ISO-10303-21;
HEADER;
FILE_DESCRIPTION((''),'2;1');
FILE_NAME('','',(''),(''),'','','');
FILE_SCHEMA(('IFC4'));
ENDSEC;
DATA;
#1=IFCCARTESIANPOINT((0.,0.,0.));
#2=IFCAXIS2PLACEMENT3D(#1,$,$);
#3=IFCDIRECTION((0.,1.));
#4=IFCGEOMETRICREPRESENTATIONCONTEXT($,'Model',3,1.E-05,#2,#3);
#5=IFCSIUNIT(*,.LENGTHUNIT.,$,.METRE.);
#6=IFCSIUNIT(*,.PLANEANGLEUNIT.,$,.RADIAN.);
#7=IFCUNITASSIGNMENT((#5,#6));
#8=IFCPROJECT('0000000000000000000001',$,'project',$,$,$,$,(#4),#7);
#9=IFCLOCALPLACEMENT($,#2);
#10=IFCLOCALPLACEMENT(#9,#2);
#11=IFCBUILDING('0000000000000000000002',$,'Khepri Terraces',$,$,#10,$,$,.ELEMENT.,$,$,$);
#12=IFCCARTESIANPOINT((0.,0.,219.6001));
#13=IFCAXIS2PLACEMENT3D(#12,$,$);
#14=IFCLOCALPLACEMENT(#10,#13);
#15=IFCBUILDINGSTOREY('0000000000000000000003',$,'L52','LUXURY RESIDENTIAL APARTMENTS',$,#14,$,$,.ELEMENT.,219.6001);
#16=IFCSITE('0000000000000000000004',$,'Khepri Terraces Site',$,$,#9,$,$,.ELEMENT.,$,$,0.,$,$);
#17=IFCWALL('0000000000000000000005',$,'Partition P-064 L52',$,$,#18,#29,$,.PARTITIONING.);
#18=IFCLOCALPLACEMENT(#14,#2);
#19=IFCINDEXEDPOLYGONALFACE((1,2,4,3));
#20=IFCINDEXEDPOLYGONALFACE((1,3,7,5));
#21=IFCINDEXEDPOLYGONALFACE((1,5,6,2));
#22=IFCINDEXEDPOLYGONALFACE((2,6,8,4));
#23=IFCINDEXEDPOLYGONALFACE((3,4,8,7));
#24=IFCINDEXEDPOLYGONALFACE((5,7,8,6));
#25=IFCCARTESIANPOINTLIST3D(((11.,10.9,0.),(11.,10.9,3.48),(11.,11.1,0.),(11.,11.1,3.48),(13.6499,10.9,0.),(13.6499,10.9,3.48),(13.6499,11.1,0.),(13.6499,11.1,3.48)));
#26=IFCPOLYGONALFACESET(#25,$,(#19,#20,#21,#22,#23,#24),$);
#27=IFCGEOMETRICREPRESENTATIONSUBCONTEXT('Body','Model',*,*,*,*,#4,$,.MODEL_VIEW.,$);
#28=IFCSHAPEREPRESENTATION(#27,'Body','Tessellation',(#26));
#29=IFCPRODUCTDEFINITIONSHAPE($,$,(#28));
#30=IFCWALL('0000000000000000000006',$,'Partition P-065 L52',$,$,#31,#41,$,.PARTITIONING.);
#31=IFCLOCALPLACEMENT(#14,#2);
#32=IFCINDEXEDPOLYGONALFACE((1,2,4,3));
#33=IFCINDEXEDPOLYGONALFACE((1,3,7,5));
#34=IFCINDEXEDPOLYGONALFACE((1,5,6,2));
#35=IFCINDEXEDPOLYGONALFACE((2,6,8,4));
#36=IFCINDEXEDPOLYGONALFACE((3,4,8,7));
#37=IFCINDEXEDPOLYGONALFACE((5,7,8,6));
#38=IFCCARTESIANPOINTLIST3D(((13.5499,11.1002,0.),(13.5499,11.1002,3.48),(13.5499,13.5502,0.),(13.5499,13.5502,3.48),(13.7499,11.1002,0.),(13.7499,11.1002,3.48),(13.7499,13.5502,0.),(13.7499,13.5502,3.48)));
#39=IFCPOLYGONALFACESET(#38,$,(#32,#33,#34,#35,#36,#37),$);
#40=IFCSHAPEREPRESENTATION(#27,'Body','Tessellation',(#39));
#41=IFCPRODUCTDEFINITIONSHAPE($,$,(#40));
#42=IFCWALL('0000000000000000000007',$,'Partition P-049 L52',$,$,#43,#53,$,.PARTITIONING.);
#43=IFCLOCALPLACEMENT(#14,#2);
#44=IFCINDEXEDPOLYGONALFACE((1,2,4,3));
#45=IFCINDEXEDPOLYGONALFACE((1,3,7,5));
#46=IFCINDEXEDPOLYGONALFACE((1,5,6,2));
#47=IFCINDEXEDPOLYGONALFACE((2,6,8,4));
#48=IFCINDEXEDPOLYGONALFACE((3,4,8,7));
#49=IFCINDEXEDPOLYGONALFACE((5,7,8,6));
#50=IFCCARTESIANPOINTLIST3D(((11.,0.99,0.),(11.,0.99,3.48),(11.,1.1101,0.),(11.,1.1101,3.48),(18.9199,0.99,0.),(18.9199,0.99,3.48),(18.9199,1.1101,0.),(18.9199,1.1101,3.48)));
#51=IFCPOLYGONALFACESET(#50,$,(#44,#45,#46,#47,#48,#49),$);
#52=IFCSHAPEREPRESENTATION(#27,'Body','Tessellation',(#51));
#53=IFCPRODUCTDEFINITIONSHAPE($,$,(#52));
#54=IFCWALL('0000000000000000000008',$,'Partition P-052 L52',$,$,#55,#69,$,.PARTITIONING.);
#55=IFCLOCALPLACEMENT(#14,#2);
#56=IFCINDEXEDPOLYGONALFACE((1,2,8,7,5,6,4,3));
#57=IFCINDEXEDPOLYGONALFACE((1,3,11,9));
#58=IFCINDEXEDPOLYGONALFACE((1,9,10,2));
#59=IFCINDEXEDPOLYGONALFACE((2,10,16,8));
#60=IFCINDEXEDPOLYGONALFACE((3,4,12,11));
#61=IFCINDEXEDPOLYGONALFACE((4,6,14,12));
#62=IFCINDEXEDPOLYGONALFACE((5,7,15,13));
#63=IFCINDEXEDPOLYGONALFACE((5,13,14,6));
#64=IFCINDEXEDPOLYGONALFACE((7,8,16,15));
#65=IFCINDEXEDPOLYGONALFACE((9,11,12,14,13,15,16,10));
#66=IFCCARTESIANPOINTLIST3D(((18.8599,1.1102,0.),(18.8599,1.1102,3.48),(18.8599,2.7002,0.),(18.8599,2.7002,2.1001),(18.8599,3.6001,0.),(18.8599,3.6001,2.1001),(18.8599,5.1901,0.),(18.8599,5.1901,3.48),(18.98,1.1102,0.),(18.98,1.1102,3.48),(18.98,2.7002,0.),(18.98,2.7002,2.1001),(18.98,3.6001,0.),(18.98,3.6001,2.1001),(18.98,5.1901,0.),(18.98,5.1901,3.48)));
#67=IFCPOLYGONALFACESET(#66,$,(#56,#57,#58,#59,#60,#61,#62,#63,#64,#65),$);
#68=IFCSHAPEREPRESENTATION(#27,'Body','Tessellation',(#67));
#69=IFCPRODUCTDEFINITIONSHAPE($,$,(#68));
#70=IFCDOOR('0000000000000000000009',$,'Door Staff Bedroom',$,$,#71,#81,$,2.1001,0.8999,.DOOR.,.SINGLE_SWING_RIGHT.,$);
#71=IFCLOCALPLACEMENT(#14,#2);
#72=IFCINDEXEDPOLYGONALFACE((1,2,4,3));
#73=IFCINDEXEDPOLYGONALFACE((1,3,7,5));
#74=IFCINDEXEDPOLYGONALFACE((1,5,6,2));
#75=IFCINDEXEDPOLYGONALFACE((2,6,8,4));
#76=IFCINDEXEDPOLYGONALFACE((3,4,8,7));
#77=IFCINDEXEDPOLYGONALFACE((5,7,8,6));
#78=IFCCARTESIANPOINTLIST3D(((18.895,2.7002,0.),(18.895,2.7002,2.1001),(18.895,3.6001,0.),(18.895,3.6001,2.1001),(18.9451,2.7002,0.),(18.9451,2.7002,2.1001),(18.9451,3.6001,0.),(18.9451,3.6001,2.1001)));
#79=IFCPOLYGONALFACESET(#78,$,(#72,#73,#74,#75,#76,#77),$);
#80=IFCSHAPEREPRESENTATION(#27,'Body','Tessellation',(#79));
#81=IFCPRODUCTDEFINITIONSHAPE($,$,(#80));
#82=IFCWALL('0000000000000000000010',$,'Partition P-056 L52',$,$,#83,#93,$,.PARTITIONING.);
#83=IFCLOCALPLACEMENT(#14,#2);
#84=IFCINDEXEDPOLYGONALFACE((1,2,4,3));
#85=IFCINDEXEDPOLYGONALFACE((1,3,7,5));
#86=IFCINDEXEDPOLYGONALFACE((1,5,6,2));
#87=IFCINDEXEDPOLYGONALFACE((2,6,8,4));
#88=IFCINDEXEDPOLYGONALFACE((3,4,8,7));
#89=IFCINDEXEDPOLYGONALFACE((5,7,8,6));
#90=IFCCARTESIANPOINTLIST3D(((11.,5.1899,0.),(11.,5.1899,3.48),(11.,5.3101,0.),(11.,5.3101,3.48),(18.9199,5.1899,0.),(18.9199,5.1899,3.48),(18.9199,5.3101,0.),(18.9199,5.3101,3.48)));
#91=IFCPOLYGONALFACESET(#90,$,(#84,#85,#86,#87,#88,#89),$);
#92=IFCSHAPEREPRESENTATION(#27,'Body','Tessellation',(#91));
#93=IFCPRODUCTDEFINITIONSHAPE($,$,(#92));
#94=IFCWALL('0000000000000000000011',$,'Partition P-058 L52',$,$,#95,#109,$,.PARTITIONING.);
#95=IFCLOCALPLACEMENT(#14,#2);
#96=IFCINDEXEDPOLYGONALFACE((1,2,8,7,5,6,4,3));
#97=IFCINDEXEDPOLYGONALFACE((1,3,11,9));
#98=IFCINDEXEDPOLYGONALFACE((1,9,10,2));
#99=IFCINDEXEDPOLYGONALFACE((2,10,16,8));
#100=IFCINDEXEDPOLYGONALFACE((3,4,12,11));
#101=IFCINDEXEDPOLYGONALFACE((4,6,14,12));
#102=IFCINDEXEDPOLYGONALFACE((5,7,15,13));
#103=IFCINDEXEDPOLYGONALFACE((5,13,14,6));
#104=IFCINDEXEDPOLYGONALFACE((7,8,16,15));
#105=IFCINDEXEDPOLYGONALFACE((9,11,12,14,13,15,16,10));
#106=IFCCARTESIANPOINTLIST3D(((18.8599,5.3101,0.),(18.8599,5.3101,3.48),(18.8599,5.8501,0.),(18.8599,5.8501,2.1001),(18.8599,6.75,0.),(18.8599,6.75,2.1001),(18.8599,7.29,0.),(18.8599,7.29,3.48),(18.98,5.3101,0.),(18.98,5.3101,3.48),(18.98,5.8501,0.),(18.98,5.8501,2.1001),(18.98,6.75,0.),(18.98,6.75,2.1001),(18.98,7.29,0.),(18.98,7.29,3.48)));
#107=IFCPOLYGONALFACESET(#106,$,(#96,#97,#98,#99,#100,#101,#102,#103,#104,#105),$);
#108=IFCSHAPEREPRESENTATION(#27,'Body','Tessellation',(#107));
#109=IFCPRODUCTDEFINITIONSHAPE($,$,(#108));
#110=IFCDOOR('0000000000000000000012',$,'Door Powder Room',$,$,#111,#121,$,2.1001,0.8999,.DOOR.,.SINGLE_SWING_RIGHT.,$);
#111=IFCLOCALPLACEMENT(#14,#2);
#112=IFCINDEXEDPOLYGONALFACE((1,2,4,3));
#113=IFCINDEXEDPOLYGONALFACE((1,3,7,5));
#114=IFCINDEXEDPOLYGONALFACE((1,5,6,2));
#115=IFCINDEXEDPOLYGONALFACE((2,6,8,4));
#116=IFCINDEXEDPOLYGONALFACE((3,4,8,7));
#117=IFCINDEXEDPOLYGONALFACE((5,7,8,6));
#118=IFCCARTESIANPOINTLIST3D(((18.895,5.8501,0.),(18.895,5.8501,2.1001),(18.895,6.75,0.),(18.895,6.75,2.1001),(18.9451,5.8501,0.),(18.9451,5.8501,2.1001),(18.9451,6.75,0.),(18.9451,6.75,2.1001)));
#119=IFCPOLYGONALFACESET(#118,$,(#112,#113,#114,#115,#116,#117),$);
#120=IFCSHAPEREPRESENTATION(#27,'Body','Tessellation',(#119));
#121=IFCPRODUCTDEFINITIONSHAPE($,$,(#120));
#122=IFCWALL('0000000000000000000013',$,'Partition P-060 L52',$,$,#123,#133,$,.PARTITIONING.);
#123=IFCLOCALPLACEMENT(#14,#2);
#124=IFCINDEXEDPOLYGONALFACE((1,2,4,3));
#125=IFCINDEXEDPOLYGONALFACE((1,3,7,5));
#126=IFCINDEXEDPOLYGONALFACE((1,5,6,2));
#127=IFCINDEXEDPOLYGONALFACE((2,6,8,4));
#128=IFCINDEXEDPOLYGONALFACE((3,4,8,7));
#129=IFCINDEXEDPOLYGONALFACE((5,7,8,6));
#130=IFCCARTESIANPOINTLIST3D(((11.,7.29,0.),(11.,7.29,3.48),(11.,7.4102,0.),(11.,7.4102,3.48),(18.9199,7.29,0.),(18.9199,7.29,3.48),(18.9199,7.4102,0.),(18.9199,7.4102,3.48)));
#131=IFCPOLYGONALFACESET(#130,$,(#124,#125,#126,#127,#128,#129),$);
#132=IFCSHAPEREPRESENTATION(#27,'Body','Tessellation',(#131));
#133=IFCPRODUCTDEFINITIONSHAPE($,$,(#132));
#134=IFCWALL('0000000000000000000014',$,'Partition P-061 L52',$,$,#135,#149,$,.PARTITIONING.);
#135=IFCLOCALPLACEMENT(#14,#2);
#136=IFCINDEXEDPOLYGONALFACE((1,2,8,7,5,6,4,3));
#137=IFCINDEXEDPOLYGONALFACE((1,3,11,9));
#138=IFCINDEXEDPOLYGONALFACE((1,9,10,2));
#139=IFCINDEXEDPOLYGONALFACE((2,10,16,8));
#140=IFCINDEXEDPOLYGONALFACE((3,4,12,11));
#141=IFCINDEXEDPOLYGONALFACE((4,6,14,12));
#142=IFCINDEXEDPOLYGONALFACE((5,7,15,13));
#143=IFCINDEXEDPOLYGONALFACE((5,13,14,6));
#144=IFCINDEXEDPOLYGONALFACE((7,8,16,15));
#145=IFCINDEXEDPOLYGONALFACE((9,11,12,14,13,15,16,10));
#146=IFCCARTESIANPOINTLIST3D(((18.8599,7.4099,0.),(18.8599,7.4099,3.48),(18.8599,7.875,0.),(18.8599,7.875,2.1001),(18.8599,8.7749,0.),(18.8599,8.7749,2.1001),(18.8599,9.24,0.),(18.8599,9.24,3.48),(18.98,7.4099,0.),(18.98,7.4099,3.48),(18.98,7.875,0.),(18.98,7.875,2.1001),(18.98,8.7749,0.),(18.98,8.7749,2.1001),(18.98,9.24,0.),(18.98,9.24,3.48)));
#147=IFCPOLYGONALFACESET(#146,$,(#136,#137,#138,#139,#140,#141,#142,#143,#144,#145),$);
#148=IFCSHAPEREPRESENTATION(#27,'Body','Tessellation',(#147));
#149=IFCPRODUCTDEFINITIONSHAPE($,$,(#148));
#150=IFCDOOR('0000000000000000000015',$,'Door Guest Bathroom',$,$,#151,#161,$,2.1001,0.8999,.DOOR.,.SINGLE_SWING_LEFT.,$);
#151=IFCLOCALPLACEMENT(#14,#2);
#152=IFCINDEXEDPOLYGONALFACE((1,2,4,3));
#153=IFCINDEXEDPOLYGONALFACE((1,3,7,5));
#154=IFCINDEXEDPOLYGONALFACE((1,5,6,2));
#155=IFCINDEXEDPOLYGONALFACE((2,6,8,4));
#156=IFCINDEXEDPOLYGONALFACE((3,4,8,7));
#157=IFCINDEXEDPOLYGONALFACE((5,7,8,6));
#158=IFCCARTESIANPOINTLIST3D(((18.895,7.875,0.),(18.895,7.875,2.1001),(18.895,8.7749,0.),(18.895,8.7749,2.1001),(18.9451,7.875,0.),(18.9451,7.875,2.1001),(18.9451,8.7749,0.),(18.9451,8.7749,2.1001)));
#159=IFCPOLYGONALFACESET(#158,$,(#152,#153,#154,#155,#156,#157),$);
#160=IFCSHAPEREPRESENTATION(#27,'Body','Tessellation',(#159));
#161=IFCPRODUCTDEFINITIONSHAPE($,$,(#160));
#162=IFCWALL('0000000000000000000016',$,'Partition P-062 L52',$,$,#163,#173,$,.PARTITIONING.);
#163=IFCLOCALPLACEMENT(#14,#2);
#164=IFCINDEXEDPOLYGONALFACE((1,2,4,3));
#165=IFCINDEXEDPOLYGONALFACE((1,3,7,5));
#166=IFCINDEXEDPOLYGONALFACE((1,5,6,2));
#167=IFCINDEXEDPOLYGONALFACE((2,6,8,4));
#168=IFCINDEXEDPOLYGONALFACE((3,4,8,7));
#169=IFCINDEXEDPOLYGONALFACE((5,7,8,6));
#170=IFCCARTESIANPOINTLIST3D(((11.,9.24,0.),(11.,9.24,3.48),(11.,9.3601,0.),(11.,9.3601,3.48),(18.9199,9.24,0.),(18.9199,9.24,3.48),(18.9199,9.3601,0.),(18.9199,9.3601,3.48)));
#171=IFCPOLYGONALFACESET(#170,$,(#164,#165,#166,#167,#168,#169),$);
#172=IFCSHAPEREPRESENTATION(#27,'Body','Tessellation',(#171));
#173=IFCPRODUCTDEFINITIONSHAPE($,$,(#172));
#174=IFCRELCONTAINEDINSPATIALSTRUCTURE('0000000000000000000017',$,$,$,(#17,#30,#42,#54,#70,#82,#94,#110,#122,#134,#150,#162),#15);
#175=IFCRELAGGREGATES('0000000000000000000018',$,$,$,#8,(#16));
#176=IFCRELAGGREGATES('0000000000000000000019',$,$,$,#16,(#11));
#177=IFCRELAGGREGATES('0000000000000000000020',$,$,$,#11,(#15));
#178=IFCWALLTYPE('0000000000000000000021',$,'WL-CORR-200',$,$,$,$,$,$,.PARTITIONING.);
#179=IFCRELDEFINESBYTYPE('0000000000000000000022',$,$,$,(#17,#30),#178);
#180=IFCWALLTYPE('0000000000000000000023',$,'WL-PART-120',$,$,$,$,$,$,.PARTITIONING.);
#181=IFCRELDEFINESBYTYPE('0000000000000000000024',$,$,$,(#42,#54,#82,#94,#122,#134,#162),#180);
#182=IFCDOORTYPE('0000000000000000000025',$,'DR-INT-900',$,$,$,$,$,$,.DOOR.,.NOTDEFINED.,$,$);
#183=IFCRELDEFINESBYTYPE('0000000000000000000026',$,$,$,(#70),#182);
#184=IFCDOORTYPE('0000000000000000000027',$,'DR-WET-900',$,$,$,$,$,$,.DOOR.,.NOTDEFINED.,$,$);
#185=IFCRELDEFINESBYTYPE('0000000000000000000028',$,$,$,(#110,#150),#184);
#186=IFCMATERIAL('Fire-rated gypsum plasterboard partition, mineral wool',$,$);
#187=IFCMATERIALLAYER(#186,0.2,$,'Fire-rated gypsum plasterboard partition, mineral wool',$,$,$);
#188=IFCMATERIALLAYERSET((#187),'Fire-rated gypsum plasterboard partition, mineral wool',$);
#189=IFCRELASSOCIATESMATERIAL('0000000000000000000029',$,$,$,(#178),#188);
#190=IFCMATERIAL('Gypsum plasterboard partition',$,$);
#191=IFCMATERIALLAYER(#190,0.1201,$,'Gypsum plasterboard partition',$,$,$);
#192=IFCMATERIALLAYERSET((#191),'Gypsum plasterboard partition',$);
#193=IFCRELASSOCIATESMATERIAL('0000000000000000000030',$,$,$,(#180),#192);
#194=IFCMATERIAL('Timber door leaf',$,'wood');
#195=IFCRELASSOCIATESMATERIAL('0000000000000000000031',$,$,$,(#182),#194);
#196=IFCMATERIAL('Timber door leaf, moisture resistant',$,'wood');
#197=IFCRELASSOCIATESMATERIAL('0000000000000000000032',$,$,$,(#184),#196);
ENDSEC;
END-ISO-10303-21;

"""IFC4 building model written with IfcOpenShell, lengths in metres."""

from ifc_helpers import new_model, si_unit, direction, frame, frame_2d, origin, place, context, subcontext, project, spatial, rectangle, extrude, material, layer, layer_set, type_object, element, fill, save


model = new_model("IFC4")

# Units and contexts
model_context = context("Model", 3, precision=1e-05, world=origin(), true_north=direction((0.0, 1.0)))
body_context = subcontext(model_context, "Body", "Model", "MODEL_VIEW")
ifc_project = project(units=[si_unit("LENGTHUNIT", "METRE"), si_unit("PLANEANGLEUNIT", "RADIAN")], contexts=[model_context])

# Site, building, storey
site_placement = place(None, origin())
site = spatial("IfcSite", under=ifc_project, at=site_placement, Name="Khepri Terraces Site", CompositionType="ELEMENT", RefElevation=0.0)
building_placement = place(site_placement, origin())
building = spatial("IfcBuilding", under=site, at=building_placement, Name="Khepri Terraces", CompositionType="ELEMENT")
storey_placement = place(building_placement, frame((0.0, 0.0, 219.6001)))
storey = spatial("IfcBuildingStorey", under=building, at=storey_placement, Name="L52", Description="LUXURY RESIDENTIAL APARTMENTS", CompositionType="ELEMENT", Elevation=219.6001)

# Walls
ifc_material_1 = material(Name="Fire-rated gypsum plasterboard partition, mineral wool")
ifc_layer_1 = layer(ifc_material_1, 0.2, Name="Fire-rated gypsum plasterboard partition, mineral wool")
ifc_layer_set_1 = layer_set([ifc_layer_1], Name="Fire-rated gypsum plasterboard partition, mineral wool")
wall_type_1 = type_object("IfcWallType", Name="WL-CORR-200", PredefinedType="PARTITIONING", material=ifc_layer_set_1)
wall_1_placement = place(storey_placement, frame((11.0, 11.0, 0.0), z_axis=(0.0, 0.0, 1.0), x_axis=(1.0, 0.0, 0.0)))
element("IfcWall", 1, at=wall_1_placement, inside=storey, type_object=wall_type_1, Name="Partition P-064 L52", PredefinedType="PARTITIONING", context=body_context, shape_type="SweptSolid", body=[
    extrude(rectangle(XDim=2.6499, YDim=0.2, at=frame_2d((1.325, 0.0))), origin(), (0.0, 0.0, 1.0), 3.48),
])
wall_2_placement = place(storey_placement, frame((13.6499, 11.1001, 0.0), z_axis=(0.0, 0.0, 1.0), x_axis=(0.0, 1.0, 0.0)))
element("IfcWall", 2, at=wall_2_placement, inside=storey, type_object=wall_type_1, Name="Partition P-065 L52", PredefinedType="PARTITIONING", context=body_context, shape_type="SweptSolid", body=[
    extrude(rectangle(XDim=2.45, YDim=0.2, at=frame_2d((1.2251, 0.0))), origin(), (0.0, 0.0, 1.0), 3.48),
])

# Wall
ifc_material_2 = material(Name="Gypsum plasterboard partition")
ifc_layer_2 = layer(ifc_material_2, 0.1201, Name="Gypsum plasterboard partition")
ifc_layer_set_2 = layer_set([ifc_layer_2], Name="Gypsum plasterboard partition")
wall_type_2 = type_object("IfcWallType", Name="WL-PART-120", PredefinedType="PARTITIONING", material=ifc_layer_set_2)
wall_3_placement = place(storey_placement, frame((11.0, 1.05, 0.0), z_axis=(0.0, 0.0, 1.0), x_axis=(1.0, 0.0, 0.0)))
element("IfcWall", 3, at=wall_3_placement, inside=storey, type_object=wall_type_2, Name="Partition P-049 L52", PredefinedType="PARTITIONING", context=body_context, shape_type="SweptSolid", body=[
    extrude(rectangle(XDim=7.9199, YDim=0.1201, at=frame_2d((3.96, 0.0))), origin(), (0.0, 0.0, 1.0), 3.48),
])

# Wall, opening, door
wall_4_placement = place(storey_placement, frame((18.9199, 1.1101, 0.0), z_axis=(0.0, 0.0, 1.0), x_axis=(0.0, 1.0, 0.0)))
wall_4 = element("IfcWall", 4, at=wall_4_placement, inside=storey, type_object=wall_type_2, Name="Partition P-052 L52", PredefinedType="PARTITIONING", context=body_context, shape_type="SweptSolid", body=[
    extrude(rectangle(XDim=4.0798, YDim=0.1201, at=frame_2d((2.04, 0.0))), origin(), (0.0, 0.0, 1.0), 3.48),
])
opening_1_placement = place(wall_4_placement, frame((1.5901, 0.0, 0.0)))
opening_1 = element("IfcOpeningElement", 5, at=opening_1_placement, cuts=wall_4, PredefinedType="OPENING", context=body_context, shape_type="SweptSolid", body=[
    extrude(rectangle(XDim=0.8999, YDim=2.1001, at=frame_2d((0.45, 1.05))), frame((0.0, 0.0701, 0.0), z_axis=(0.0, -1.0, 0.0), x_axis=(1.0, 0.0, 0.0)), (0.0, 0.0, 1.0), 0.1401),
])
ifc_material_3 = material(Name="Timber door leaf", Category="wood")
door_type_1 = type_object("IfcDoorType", Name="DR-INT-900", OperationType="NOTDEFINED", PredefinedType="DOOR", material=ifc_material_3)
door_1_placement = place(opening_1_placement, origin())
door_1 = element("IfcDoor", 6, at=door_1_placement, inside=storey, type_object=door_type_1, Name="Door Staff Bedroom", OperationType="SINGLE_SWING_RIGHT", OverallHeight=2.1001, OverallWidth=0.8999, PredefinedType="DOOR", context=body_context, shape_type="SweptSolid", body=[
    extrude(rectangle(XDim=0.8999, YDim=2.1001, at=frame_2d((0.45, 1.05))), frame((0.0, 0.0249, 0.0), z_axis=(0.0, -1.0, 0.0), x_axis=(1.0, 0.0, 0.0)), (0.0, 0.0, 1.0), 0.05),
])
fill(opening_1, door_1)

# Wall
wall_5_placement = place(storey_placement, frame((11.0, 5.25, 0.0), z_axis=(0.0, 0.0, 1.0), x_axis=(1.0, 0.0, 0.0)))
element("IfcWall", 7, at=wall_5_placement, inside=storey, type_object=wall_type_2, Name="Partition P-056 L52", PredefinedType="PARTITIONING", context=body_context, shape_type="SweptSolid", body=[
    extrude(rectangle(XDim=7.9199, YDim=0.1201, at=frame_2d((3.96, 0.0))), origin(), (0.0, 0.0, 1.0), 3.48),
])

# Wall, opening, door
wall_6_placement = place(storey_placement, frame((18.9199, 5.3101, 0.0), z_axis=(0.0, 0.0, 1.0), x_axis=(0.0, 1.0, 0.0)))
wall_6 = element("IfcWall", 8, at=wall_6_placement, inside=storey, type_object=wall_type_2, Name="Partition P-058 L52", PredefinedType="PARTITIONING", context=body_context, shape_type="SweptSolid", body=[
    extrude(rectangle(XDim=1.98, YDim=0.1201, at=frame_2d((0.99, 0.0))), origin(), (0.0, 0.0, 1.0), 3.48),
])
opening_2_placement = place(wall_6_placement, frame((0.54, 0.0, 0.0)))
opening_2 = element("IfcOpeningElement", 9, at=opening_2_placement, cuts=wall_6, PredefinedType="OPENING", context=body_context, shape_type="SweptSolid", body=[
    extrude(rectangle(XDim=0.8999, YDim=2.1001, at=frame_2d((0.45, 1.05))), frame((0.0, 0.0701, 0.0), z_axis=(0.0, -1.0, 0.0), x_axis=(1.0, 0.0, 0.0)), (0.0, 0.0, 1.0), 0.1401),
])
ifc_material_4 = material(Name="Timber door leaf, moisture resistant", Category="wood")
door_type_2 = type_object("IfcDoorType", Name="DR-WET-900", OperationType="NOTDEFINED", PredefinedType="DOOR", material=ifc_material_4)
door_2_placement = place(opening_2_placement, origin())
door_2 = element("IfcDoor", 10, at=door_2_placement, inside=storey, type_object=door_type_2, Name="Door Powder Room", OperationType="SINGLE_SWING_RIGHT", OverallHeight=2.1001, OverallWidth=0.8999, PredefinedType="DOOR", context=body_context, shape_type="SweptSolid", body=[
    extrude(rectangle(XDim=0.8999, YDim=2.1001, at=frame_2d((0.45, 1.05))), frame((0.0, 0.0249, 0.0), z_axis=(0.0, -1.0, 0.0), x_axis=(1.0, 0.0, 0.0)), (0.0, 0.0, 1.0), 0.05),
])
fill(opening_2, door_2)

# Wall
wall_7_placement = place(storey_placement, frame((11.0, 7.3501, 0.0), z_axis=(0.0, 0.0, 1.0), x_axis=(1.0, 0.0, 0.0)))
element("IfcWall", 11, at=wall_7_placement, inside=storey, type_object=wall_type_2, Name="Partition P-060 L52", PredefinedType="PARTITIONING", context=body_context, shape_type="SweptSolid", body=[
    extrude(rectangle(XDim=7.9199, YDim=0.1201, at=frame_2d((3.96, 0.0))), origin(), (0.0, 0.0, 1.0), 3.48),
])

# Wall, opening, door
wall_8_placement = place(storey_placement, frame((18.9199, 7.4099, 0.0), z_axis=(0.0, 0.0, 1.0), x_axis=(0.0, 1.0, 0.0)))
wall_8 = element("IfcWall", 12, at=wall_8_placement, inside=storey, type_object=wall_type_2, Name="Partition P-061 L52", PredefinedType="PARTITIONING", context=body_context, shape_type="SweptSolid", body=[
    extrude(rectangle(XDim=1.8301, YDim=0.1201, at=frame_2d((0.915, 0.0))), origin(), (0.0, 0.0, 1.0), 3.48),
])
opening_3_placement = place(wall_8_placement, frame((0.4651, 0.0, 0.0)))
opening_3 = element("IfcOpeningElement", 13, at=opening_3_placement, cuts=wall_8, PredefinedType="OPENING", context=body_context, shape_type="SweptSolid", body=[
    extrude(rectangle(XDim=0.8999, YDim=2.1001, at=frame_2d((0.45, 1.05))), frame((0.0, 0.0701, 0.0), z_axis=(0.0, -1.0, 0.0), x_axis=(1.0, 0.0, 0.0)), (0.0, 0.0, 1.0), 0.1401),
])
door_3_placement = place(opening_3_placement, origin())
door_3 = element("IfcDoor", 14, at=door_3_placement, inside=storey, type_object=door_type_2, Name="Door Guest Bathroom", OperationType="SINGLE_SWING_LEFT", OverallHeight=2.1001, OverallWidth=0.8999, PredefinedType="DOOR", context=body_context, shape_type="SweptSolid", body=[
    extrude(rectangle(XDim=0.8999, YDim=2.1001, at=frame_2d((0.45, 1.05))), frame((0.0, 0.0249, 0.0), z_axis=(0.0, -1.0, 0.0), x_axis=(1.0, 0.0, 0.0)), (0.0, 0.0, 1.0), 0.05),
])
fill(opening_3, door_3)

# Wall
wall_9_placement = place(storey_placement, frame((11.0, 9.3, 0.0), z_axis=(0.0, 0.0, 1.0), x_axis=(1.0, 0.0, 0.0)))
element("IfcWall", 15, at=wall_9_placement, inside=storey, type_object=wall_type_2, Name="Partition P-062 L52", PredefinedType="PARTITIONING", context=body_context, shape_type="SweptSolid", body=[
    extrude(rectangle(XDim=7.9199, YDim=0.1201, at=frame_2d((3.96, 0.0))), origin(), (0.0, 0.0, 1.0), 3.48),
])

save(model, "model.ifc")
